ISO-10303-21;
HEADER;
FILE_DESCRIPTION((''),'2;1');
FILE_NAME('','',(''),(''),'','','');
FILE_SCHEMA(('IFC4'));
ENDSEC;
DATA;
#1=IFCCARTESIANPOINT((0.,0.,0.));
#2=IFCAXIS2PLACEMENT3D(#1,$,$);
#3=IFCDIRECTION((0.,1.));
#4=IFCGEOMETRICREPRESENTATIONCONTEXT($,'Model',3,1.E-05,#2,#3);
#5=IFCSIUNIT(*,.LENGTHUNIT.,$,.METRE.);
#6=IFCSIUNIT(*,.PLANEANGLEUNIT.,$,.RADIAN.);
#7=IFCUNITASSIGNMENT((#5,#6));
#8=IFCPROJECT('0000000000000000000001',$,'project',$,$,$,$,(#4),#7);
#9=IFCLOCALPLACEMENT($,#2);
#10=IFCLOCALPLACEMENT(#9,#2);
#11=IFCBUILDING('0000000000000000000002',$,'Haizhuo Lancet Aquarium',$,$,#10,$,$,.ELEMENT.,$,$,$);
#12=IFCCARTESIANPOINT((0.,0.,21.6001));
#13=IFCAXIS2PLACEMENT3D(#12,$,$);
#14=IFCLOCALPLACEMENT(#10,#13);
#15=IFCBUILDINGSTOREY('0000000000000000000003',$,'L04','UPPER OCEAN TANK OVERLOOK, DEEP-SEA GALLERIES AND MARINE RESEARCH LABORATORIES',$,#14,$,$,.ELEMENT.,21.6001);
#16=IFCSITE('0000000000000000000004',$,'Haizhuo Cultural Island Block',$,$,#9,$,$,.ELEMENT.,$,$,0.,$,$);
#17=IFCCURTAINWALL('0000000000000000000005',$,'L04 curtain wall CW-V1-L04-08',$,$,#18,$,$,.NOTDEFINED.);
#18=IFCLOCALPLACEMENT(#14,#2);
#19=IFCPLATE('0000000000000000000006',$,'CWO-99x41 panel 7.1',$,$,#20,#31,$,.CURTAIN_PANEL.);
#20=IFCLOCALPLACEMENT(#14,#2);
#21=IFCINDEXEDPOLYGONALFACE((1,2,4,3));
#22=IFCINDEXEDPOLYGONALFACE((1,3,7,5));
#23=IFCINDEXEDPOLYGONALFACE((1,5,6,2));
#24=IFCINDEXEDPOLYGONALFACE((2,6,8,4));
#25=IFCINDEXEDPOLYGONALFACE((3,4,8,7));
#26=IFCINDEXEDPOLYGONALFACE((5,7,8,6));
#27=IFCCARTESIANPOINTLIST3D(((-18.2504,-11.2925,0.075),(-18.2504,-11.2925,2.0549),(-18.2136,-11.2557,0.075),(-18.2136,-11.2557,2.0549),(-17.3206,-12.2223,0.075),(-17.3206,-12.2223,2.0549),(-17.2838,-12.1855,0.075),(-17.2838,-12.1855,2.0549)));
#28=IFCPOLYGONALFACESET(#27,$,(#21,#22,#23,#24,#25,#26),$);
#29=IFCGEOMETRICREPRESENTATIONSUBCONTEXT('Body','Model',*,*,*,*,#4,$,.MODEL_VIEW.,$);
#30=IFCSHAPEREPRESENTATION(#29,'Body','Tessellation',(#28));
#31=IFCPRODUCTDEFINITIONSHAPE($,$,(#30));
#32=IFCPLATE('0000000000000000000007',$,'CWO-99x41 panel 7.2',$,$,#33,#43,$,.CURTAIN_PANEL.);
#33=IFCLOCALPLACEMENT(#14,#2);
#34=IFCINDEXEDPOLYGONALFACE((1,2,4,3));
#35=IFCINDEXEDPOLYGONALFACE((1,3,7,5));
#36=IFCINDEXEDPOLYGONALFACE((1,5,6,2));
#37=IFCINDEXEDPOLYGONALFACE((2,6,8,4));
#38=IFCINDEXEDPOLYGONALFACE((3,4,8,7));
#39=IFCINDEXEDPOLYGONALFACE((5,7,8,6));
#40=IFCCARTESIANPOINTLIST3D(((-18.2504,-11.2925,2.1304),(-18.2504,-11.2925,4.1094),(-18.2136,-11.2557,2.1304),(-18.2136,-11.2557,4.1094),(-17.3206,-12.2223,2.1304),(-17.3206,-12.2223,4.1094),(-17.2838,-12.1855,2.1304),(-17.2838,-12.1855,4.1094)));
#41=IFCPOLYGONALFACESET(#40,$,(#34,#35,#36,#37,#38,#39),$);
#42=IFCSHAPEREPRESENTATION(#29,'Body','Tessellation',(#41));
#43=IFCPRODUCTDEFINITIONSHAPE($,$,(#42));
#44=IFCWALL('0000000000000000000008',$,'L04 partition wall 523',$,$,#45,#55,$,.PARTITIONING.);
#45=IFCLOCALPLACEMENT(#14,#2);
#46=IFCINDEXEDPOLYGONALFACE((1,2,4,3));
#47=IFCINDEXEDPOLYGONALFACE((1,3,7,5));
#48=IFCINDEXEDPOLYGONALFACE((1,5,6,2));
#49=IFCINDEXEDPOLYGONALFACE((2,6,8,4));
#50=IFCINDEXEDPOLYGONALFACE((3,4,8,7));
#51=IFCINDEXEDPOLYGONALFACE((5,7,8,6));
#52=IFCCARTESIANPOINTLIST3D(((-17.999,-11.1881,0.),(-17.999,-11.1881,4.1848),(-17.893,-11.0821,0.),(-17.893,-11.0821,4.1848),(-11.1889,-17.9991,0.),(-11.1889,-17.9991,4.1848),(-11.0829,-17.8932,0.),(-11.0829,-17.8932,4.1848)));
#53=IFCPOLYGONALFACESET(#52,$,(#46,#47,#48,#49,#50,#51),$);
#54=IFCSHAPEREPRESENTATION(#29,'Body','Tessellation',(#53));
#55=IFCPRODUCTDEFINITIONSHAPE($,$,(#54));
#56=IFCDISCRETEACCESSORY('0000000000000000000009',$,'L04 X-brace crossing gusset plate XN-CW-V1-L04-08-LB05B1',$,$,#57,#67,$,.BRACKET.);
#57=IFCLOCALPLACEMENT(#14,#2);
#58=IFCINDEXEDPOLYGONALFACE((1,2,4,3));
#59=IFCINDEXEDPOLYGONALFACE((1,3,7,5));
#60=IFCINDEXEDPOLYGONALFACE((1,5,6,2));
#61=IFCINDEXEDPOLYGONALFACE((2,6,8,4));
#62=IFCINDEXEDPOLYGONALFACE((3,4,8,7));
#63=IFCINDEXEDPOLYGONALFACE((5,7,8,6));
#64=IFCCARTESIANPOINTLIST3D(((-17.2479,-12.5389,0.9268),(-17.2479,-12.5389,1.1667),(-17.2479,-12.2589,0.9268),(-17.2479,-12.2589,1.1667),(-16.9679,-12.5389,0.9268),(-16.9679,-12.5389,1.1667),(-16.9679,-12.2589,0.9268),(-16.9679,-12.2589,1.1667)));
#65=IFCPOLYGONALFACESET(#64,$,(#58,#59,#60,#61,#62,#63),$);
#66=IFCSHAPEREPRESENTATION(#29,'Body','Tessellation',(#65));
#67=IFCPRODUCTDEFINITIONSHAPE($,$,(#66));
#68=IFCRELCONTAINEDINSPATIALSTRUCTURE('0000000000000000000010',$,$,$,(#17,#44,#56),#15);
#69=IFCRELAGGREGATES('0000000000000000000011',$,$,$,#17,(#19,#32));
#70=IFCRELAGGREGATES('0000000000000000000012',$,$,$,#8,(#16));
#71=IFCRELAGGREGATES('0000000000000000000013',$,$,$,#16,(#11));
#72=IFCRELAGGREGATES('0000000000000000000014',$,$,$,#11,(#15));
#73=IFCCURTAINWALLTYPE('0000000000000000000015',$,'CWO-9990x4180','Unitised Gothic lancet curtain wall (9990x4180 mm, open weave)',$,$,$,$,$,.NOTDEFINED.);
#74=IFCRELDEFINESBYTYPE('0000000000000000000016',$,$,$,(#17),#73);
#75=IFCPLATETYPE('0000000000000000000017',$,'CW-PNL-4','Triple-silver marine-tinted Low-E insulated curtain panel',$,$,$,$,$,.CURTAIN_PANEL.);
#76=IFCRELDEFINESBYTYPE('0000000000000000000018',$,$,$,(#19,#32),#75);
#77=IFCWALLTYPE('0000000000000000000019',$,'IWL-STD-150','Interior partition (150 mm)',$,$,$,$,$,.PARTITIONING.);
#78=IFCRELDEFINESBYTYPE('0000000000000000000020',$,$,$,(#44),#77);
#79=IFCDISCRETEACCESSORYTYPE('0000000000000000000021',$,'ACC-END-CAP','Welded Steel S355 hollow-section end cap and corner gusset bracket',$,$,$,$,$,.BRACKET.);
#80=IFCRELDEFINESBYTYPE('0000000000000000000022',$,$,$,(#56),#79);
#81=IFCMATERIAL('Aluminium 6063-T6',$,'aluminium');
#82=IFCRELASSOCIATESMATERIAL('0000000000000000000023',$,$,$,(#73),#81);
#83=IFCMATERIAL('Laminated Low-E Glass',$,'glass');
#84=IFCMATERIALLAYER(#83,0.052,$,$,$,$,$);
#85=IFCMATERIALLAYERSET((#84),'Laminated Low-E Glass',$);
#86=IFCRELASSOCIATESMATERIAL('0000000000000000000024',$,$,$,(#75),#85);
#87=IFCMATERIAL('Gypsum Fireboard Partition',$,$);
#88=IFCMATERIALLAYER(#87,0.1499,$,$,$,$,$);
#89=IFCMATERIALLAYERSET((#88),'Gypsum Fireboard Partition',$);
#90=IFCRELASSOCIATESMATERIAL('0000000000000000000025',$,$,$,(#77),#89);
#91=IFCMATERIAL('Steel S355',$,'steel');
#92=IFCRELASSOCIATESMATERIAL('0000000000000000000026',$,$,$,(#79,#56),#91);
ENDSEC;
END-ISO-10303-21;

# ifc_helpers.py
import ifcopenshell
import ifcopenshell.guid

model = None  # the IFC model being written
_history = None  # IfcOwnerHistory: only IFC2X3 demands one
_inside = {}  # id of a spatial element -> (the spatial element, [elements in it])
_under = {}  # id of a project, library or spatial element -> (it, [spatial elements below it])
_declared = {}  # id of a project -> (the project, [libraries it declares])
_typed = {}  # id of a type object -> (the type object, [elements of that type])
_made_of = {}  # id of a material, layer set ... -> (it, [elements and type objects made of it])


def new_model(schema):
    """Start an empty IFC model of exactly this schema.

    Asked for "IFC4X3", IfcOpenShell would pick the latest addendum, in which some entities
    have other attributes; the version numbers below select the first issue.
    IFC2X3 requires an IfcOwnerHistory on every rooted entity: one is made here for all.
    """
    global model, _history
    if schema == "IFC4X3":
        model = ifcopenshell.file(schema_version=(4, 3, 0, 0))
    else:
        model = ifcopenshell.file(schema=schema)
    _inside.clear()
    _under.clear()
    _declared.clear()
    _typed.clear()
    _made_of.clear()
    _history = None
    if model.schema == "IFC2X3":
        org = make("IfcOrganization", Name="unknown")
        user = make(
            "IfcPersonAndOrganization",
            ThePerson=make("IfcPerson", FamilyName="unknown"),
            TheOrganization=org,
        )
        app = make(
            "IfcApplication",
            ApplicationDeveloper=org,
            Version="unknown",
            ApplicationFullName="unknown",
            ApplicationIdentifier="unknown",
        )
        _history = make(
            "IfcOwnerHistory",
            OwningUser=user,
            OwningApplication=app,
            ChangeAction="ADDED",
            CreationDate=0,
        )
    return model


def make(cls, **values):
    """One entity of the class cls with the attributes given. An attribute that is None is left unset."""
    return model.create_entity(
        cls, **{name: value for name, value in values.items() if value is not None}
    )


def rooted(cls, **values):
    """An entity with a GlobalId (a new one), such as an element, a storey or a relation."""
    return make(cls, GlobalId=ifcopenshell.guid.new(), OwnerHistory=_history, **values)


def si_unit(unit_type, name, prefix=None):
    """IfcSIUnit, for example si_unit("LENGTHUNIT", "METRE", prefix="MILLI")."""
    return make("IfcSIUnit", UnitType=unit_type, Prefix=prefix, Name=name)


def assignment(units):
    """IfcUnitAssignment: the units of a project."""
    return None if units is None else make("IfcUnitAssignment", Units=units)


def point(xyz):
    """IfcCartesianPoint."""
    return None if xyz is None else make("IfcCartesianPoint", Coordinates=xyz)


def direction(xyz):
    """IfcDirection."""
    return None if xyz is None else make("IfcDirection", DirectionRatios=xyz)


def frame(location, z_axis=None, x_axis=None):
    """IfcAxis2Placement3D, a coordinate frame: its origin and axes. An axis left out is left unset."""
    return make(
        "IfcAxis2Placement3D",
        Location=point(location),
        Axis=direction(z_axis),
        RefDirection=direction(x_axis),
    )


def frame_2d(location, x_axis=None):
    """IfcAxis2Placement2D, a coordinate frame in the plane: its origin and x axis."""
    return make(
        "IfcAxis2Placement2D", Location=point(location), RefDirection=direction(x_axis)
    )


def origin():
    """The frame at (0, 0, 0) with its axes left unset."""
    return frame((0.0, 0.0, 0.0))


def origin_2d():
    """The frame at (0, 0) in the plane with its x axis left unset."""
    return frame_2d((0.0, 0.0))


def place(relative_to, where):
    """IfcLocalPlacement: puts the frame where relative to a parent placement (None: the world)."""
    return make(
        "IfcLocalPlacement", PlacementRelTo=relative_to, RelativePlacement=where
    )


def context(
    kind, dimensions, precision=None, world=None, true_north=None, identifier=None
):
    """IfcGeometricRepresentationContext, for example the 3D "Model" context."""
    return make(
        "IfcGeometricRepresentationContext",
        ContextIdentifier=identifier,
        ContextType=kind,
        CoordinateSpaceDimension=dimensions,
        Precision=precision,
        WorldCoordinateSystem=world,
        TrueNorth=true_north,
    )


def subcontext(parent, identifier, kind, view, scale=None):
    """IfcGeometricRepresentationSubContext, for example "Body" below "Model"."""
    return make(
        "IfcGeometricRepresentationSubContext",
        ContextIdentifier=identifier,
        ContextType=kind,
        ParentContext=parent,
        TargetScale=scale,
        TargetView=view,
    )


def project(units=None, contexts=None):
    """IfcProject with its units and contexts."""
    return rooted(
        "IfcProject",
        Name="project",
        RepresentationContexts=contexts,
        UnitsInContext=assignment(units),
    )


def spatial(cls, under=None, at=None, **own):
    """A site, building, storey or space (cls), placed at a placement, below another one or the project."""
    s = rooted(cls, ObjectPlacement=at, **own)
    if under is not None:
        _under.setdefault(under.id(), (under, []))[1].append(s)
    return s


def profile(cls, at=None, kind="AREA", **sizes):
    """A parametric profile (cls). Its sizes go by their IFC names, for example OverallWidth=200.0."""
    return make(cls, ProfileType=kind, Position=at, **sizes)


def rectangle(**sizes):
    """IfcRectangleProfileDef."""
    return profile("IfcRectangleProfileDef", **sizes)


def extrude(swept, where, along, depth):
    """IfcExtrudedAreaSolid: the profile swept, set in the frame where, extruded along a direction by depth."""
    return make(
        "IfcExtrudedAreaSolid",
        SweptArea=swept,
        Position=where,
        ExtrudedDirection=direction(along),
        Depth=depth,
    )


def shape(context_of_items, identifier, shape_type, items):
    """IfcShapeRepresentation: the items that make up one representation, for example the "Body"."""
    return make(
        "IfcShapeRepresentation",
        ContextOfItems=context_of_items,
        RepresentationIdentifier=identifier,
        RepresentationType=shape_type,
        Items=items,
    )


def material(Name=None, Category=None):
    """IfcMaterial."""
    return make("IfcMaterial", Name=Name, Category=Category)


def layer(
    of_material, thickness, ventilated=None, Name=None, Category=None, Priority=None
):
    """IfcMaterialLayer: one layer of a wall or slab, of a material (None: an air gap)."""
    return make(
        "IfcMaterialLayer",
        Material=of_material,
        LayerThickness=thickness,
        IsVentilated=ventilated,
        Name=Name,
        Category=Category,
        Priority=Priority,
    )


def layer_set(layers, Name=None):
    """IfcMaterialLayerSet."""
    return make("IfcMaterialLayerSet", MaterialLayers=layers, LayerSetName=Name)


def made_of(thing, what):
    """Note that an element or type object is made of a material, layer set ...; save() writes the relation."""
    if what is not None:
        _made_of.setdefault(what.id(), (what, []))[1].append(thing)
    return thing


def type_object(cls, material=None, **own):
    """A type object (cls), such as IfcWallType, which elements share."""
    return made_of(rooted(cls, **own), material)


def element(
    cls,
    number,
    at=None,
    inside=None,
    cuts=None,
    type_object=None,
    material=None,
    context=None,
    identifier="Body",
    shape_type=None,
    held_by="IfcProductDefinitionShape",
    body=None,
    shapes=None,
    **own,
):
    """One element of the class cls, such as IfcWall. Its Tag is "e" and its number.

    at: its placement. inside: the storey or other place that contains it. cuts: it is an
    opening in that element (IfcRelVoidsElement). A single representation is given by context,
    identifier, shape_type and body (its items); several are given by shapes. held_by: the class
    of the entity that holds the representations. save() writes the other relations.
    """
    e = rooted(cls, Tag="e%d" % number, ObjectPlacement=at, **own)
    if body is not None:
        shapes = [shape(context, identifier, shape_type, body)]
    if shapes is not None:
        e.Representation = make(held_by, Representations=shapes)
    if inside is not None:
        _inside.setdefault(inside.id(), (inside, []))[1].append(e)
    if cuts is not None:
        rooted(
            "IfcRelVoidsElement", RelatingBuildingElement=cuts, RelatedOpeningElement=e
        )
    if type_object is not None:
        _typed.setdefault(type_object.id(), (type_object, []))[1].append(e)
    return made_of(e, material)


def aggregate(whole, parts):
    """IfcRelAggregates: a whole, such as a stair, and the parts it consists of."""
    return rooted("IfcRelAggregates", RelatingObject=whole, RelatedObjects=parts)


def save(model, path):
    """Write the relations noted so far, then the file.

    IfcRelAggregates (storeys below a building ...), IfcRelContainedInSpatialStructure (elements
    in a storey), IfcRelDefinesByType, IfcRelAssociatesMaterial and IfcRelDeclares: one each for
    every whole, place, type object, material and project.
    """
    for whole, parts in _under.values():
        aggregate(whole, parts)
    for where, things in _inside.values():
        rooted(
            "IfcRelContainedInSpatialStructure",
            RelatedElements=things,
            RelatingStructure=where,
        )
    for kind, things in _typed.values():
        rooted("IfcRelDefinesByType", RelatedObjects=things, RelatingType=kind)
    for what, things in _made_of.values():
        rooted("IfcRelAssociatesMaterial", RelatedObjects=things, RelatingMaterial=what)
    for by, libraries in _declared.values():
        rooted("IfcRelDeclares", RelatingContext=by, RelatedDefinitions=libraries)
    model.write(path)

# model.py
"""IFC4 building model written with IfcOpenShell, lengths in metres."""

from ifc_helpers import new_model, si_unit, direction, frame, frame_2d, origin, origin_2d, place, context, subcontext, project, spatial, rectangle, extrude, material, layer, layer_set, type_object, element, aggregate, save


model = new_model("IFC4")

# Units and contexts
model_context = context("Model", 3, precision=1e-05, world=origin(), true_north=direction((0.0, 1.0)))
body_context = subcontext(model_context, "Body", "Model", "MODEL_VIEW")
ifc_project = project(units=[si_unit("LENGTHUNIT", "METRE"), si_unit("PLANEANGLEUNIT", "RADIAN")], contexts=[model_context])

# Site, building, storey
site_placement = place(None, origin())
site = spatial("IfcSite", under=ifc_project, at=site_placement, Name="Haizhuo Cultural Island Block", CompositionType="ELEMENT", RefElevation=0.0)
building_placement = place(site_placement, origin())
building = spatial("IfcBuilding", under=site, at=building_placement, Name="Haizhuo Lancet Aquarium", CompositionType="ELEMENT")
storey_placement = place(building_placement, frame((0.0, 0.0, 21.6001)))
storey = spatial("IfcBuildingStorey", under=building, at=storey_placement, Name="L04", Description="UPPER OCEAN TANK OVERLOOK, DEEP-SEA GALLERIES AND MARINE RESEARCH LABORATORIES", CompositionType="ELEMENT", Elevation=21.6001)

# Shared definitions
ifc_material_1 = material(Name="Aluminium 6063-T6", Category="aluminium")
curtain_wall_type_1 = type_object("IfcCurtainWallType", Name="CWO-9990x4180", Description="Unitised Gothic lancet curtain wall (9990x4180 mm, open weave)", PredefinedType="NOTDEFINED", material=ifc_material_1)

# Curtain wall
curtain_wall_1_placement = place(storey_placement, origin())
curtain_wall_1 = element("IfcCurtainWall", 1, at=curtain_wall_1_placement, inside=storey, type_object=curtain_wall_type_1, Name="L04 curtain wall CW-V1-L04-08", PredefinedType="NOTDEFINED")

# Shared definitions
ifc_material_2 = material(Name="Steel S355", Category="steel")

# Plates
ifc_material_3 = material(Name="Laminated Low-E Glass", Category="glass")
ifc_layer_1 = layer(ifc_material_3, 0.052)
ifc_layer_set_1 = layer_set([ifc_layer_1], Name="Laminated Low-E Glass")
plate_type_1 = type_object("IfcPlateType", Name="CW-PNL-4", Description="Triple-silver marine-tinted Low-E insulated curtain panel", PredefinedType="CURTAIN_PANEL", material=ifc_layer_set_1)
plate_1_placement = place(storey_placement, frame((-17.7671, -11.739, 0.075), z_axis=(0.0, 0.0, 1.0), x_axis=(-0.707107, 0.707107, 0.0)))
plate_1 = element("IfcPlate", 2, at=plate_1_placement, type_object=plate_type_1, Name="CWO-99x41 panel 7.1", PredefinedType="CURTAIN_PANEL", context=body_context, shape_type="SweptSolid", body=[
    extrude(rectangle(XDim=1.3149, YDim=0.052, at=origin_2d()), origin(), (0.0, 0.0, 1.0), 1.98),
])
plate_2_placement = place(storey_placement, frame((-17.7671, -11.739, 2.1304), z_axis=(0.0, 0.0, 1.0), x_axis=(-0.707107, 0.707107, 0.0)))
plate_2 = element("IfcPlate", 3, at=plate_2_placement, type_object=plate_type_1, Name="CWO-99x41 panel 7.2", PredefinedType="CURTAIN_PANEL", context=body_context, shape_type="SweptSolid", body=[
    extrude(rectangle(XDim=1.3149, YDim=0.052, at=origin_2d()), origin(), (0.0, 0.0, 1.0), 1.979),
])
aggregate(curtain_wall_1, [plate_1, plate_2])

# Wall
ifc_material_4 = material(Name="Gypsum Fireboard Partition")
ifc_layer_2 = layer(ifc_material_4, 0.1499)
ifc_layer_set_2 = layer_set([ifc_layer_2], Name="Gypsum Fireboard Partition")
wall_type = type_object("IfcWallType", Name="IWL-STD-150", Description="Interior partition (150 mm)", PredefinedType="PARTITIONING", material=ifc_layer_set_2)
wall_placement = place(storey_placement, frame((-17.946, -11.135, 0.0), z_axis=(0.0, 0.0, 1.0), x_axis=(0.707056, -0.707157, 0.0)))
element("IfcWall", 4, at=wall_placement, inside=storey, type_object=wall_type, Name="L04 partition wall 523", PredefinedType="PARTITIONING", context=body_context, shape_type="SweptSolid", body=[
    extrude(rectangle(XDim=9.6316, YDim=0.1499, at=frame_2d((4.8159, 0.0))), origin(), (0.0, 0.0, 1.0), 4.1848),
])

# Discrete accessory
discrete_accessory_type = type_object("IfcDiscreteAccessoryType", Name="ACC-END-CAP", Description="Welded Steel S355 hollow-section end cap and corner gusset bracket", PredefinedType="BRACKET", material=ifc_material_2)
discrete_accessory_placement = place(storey_placement, frame((-17.1079, -12.3989, 0.9268), z_axis=(0.0, 0.0, 1.0), x_axis=(1.0, 0.0, 0.0)))
element("IfcDiscreteAccessory", 5, at=discrete_accessory_placement, inside=storey, type_object=discrete_accessory_type, material=ifc_material_2, Name="L04 X-brace crossing gusset plate XN-CW-V1-L04-08-LB05B1", PredefinedType="BRACKET", context=body_context, shape_type="SweptSolid", body=[
    extrude(rectangle(XDim=0.28, YDim=0.28, at=origin_2d()), origin(), (0.0, 0.0, 1.0), 0.24),
])

save(model, "model.ifc")
